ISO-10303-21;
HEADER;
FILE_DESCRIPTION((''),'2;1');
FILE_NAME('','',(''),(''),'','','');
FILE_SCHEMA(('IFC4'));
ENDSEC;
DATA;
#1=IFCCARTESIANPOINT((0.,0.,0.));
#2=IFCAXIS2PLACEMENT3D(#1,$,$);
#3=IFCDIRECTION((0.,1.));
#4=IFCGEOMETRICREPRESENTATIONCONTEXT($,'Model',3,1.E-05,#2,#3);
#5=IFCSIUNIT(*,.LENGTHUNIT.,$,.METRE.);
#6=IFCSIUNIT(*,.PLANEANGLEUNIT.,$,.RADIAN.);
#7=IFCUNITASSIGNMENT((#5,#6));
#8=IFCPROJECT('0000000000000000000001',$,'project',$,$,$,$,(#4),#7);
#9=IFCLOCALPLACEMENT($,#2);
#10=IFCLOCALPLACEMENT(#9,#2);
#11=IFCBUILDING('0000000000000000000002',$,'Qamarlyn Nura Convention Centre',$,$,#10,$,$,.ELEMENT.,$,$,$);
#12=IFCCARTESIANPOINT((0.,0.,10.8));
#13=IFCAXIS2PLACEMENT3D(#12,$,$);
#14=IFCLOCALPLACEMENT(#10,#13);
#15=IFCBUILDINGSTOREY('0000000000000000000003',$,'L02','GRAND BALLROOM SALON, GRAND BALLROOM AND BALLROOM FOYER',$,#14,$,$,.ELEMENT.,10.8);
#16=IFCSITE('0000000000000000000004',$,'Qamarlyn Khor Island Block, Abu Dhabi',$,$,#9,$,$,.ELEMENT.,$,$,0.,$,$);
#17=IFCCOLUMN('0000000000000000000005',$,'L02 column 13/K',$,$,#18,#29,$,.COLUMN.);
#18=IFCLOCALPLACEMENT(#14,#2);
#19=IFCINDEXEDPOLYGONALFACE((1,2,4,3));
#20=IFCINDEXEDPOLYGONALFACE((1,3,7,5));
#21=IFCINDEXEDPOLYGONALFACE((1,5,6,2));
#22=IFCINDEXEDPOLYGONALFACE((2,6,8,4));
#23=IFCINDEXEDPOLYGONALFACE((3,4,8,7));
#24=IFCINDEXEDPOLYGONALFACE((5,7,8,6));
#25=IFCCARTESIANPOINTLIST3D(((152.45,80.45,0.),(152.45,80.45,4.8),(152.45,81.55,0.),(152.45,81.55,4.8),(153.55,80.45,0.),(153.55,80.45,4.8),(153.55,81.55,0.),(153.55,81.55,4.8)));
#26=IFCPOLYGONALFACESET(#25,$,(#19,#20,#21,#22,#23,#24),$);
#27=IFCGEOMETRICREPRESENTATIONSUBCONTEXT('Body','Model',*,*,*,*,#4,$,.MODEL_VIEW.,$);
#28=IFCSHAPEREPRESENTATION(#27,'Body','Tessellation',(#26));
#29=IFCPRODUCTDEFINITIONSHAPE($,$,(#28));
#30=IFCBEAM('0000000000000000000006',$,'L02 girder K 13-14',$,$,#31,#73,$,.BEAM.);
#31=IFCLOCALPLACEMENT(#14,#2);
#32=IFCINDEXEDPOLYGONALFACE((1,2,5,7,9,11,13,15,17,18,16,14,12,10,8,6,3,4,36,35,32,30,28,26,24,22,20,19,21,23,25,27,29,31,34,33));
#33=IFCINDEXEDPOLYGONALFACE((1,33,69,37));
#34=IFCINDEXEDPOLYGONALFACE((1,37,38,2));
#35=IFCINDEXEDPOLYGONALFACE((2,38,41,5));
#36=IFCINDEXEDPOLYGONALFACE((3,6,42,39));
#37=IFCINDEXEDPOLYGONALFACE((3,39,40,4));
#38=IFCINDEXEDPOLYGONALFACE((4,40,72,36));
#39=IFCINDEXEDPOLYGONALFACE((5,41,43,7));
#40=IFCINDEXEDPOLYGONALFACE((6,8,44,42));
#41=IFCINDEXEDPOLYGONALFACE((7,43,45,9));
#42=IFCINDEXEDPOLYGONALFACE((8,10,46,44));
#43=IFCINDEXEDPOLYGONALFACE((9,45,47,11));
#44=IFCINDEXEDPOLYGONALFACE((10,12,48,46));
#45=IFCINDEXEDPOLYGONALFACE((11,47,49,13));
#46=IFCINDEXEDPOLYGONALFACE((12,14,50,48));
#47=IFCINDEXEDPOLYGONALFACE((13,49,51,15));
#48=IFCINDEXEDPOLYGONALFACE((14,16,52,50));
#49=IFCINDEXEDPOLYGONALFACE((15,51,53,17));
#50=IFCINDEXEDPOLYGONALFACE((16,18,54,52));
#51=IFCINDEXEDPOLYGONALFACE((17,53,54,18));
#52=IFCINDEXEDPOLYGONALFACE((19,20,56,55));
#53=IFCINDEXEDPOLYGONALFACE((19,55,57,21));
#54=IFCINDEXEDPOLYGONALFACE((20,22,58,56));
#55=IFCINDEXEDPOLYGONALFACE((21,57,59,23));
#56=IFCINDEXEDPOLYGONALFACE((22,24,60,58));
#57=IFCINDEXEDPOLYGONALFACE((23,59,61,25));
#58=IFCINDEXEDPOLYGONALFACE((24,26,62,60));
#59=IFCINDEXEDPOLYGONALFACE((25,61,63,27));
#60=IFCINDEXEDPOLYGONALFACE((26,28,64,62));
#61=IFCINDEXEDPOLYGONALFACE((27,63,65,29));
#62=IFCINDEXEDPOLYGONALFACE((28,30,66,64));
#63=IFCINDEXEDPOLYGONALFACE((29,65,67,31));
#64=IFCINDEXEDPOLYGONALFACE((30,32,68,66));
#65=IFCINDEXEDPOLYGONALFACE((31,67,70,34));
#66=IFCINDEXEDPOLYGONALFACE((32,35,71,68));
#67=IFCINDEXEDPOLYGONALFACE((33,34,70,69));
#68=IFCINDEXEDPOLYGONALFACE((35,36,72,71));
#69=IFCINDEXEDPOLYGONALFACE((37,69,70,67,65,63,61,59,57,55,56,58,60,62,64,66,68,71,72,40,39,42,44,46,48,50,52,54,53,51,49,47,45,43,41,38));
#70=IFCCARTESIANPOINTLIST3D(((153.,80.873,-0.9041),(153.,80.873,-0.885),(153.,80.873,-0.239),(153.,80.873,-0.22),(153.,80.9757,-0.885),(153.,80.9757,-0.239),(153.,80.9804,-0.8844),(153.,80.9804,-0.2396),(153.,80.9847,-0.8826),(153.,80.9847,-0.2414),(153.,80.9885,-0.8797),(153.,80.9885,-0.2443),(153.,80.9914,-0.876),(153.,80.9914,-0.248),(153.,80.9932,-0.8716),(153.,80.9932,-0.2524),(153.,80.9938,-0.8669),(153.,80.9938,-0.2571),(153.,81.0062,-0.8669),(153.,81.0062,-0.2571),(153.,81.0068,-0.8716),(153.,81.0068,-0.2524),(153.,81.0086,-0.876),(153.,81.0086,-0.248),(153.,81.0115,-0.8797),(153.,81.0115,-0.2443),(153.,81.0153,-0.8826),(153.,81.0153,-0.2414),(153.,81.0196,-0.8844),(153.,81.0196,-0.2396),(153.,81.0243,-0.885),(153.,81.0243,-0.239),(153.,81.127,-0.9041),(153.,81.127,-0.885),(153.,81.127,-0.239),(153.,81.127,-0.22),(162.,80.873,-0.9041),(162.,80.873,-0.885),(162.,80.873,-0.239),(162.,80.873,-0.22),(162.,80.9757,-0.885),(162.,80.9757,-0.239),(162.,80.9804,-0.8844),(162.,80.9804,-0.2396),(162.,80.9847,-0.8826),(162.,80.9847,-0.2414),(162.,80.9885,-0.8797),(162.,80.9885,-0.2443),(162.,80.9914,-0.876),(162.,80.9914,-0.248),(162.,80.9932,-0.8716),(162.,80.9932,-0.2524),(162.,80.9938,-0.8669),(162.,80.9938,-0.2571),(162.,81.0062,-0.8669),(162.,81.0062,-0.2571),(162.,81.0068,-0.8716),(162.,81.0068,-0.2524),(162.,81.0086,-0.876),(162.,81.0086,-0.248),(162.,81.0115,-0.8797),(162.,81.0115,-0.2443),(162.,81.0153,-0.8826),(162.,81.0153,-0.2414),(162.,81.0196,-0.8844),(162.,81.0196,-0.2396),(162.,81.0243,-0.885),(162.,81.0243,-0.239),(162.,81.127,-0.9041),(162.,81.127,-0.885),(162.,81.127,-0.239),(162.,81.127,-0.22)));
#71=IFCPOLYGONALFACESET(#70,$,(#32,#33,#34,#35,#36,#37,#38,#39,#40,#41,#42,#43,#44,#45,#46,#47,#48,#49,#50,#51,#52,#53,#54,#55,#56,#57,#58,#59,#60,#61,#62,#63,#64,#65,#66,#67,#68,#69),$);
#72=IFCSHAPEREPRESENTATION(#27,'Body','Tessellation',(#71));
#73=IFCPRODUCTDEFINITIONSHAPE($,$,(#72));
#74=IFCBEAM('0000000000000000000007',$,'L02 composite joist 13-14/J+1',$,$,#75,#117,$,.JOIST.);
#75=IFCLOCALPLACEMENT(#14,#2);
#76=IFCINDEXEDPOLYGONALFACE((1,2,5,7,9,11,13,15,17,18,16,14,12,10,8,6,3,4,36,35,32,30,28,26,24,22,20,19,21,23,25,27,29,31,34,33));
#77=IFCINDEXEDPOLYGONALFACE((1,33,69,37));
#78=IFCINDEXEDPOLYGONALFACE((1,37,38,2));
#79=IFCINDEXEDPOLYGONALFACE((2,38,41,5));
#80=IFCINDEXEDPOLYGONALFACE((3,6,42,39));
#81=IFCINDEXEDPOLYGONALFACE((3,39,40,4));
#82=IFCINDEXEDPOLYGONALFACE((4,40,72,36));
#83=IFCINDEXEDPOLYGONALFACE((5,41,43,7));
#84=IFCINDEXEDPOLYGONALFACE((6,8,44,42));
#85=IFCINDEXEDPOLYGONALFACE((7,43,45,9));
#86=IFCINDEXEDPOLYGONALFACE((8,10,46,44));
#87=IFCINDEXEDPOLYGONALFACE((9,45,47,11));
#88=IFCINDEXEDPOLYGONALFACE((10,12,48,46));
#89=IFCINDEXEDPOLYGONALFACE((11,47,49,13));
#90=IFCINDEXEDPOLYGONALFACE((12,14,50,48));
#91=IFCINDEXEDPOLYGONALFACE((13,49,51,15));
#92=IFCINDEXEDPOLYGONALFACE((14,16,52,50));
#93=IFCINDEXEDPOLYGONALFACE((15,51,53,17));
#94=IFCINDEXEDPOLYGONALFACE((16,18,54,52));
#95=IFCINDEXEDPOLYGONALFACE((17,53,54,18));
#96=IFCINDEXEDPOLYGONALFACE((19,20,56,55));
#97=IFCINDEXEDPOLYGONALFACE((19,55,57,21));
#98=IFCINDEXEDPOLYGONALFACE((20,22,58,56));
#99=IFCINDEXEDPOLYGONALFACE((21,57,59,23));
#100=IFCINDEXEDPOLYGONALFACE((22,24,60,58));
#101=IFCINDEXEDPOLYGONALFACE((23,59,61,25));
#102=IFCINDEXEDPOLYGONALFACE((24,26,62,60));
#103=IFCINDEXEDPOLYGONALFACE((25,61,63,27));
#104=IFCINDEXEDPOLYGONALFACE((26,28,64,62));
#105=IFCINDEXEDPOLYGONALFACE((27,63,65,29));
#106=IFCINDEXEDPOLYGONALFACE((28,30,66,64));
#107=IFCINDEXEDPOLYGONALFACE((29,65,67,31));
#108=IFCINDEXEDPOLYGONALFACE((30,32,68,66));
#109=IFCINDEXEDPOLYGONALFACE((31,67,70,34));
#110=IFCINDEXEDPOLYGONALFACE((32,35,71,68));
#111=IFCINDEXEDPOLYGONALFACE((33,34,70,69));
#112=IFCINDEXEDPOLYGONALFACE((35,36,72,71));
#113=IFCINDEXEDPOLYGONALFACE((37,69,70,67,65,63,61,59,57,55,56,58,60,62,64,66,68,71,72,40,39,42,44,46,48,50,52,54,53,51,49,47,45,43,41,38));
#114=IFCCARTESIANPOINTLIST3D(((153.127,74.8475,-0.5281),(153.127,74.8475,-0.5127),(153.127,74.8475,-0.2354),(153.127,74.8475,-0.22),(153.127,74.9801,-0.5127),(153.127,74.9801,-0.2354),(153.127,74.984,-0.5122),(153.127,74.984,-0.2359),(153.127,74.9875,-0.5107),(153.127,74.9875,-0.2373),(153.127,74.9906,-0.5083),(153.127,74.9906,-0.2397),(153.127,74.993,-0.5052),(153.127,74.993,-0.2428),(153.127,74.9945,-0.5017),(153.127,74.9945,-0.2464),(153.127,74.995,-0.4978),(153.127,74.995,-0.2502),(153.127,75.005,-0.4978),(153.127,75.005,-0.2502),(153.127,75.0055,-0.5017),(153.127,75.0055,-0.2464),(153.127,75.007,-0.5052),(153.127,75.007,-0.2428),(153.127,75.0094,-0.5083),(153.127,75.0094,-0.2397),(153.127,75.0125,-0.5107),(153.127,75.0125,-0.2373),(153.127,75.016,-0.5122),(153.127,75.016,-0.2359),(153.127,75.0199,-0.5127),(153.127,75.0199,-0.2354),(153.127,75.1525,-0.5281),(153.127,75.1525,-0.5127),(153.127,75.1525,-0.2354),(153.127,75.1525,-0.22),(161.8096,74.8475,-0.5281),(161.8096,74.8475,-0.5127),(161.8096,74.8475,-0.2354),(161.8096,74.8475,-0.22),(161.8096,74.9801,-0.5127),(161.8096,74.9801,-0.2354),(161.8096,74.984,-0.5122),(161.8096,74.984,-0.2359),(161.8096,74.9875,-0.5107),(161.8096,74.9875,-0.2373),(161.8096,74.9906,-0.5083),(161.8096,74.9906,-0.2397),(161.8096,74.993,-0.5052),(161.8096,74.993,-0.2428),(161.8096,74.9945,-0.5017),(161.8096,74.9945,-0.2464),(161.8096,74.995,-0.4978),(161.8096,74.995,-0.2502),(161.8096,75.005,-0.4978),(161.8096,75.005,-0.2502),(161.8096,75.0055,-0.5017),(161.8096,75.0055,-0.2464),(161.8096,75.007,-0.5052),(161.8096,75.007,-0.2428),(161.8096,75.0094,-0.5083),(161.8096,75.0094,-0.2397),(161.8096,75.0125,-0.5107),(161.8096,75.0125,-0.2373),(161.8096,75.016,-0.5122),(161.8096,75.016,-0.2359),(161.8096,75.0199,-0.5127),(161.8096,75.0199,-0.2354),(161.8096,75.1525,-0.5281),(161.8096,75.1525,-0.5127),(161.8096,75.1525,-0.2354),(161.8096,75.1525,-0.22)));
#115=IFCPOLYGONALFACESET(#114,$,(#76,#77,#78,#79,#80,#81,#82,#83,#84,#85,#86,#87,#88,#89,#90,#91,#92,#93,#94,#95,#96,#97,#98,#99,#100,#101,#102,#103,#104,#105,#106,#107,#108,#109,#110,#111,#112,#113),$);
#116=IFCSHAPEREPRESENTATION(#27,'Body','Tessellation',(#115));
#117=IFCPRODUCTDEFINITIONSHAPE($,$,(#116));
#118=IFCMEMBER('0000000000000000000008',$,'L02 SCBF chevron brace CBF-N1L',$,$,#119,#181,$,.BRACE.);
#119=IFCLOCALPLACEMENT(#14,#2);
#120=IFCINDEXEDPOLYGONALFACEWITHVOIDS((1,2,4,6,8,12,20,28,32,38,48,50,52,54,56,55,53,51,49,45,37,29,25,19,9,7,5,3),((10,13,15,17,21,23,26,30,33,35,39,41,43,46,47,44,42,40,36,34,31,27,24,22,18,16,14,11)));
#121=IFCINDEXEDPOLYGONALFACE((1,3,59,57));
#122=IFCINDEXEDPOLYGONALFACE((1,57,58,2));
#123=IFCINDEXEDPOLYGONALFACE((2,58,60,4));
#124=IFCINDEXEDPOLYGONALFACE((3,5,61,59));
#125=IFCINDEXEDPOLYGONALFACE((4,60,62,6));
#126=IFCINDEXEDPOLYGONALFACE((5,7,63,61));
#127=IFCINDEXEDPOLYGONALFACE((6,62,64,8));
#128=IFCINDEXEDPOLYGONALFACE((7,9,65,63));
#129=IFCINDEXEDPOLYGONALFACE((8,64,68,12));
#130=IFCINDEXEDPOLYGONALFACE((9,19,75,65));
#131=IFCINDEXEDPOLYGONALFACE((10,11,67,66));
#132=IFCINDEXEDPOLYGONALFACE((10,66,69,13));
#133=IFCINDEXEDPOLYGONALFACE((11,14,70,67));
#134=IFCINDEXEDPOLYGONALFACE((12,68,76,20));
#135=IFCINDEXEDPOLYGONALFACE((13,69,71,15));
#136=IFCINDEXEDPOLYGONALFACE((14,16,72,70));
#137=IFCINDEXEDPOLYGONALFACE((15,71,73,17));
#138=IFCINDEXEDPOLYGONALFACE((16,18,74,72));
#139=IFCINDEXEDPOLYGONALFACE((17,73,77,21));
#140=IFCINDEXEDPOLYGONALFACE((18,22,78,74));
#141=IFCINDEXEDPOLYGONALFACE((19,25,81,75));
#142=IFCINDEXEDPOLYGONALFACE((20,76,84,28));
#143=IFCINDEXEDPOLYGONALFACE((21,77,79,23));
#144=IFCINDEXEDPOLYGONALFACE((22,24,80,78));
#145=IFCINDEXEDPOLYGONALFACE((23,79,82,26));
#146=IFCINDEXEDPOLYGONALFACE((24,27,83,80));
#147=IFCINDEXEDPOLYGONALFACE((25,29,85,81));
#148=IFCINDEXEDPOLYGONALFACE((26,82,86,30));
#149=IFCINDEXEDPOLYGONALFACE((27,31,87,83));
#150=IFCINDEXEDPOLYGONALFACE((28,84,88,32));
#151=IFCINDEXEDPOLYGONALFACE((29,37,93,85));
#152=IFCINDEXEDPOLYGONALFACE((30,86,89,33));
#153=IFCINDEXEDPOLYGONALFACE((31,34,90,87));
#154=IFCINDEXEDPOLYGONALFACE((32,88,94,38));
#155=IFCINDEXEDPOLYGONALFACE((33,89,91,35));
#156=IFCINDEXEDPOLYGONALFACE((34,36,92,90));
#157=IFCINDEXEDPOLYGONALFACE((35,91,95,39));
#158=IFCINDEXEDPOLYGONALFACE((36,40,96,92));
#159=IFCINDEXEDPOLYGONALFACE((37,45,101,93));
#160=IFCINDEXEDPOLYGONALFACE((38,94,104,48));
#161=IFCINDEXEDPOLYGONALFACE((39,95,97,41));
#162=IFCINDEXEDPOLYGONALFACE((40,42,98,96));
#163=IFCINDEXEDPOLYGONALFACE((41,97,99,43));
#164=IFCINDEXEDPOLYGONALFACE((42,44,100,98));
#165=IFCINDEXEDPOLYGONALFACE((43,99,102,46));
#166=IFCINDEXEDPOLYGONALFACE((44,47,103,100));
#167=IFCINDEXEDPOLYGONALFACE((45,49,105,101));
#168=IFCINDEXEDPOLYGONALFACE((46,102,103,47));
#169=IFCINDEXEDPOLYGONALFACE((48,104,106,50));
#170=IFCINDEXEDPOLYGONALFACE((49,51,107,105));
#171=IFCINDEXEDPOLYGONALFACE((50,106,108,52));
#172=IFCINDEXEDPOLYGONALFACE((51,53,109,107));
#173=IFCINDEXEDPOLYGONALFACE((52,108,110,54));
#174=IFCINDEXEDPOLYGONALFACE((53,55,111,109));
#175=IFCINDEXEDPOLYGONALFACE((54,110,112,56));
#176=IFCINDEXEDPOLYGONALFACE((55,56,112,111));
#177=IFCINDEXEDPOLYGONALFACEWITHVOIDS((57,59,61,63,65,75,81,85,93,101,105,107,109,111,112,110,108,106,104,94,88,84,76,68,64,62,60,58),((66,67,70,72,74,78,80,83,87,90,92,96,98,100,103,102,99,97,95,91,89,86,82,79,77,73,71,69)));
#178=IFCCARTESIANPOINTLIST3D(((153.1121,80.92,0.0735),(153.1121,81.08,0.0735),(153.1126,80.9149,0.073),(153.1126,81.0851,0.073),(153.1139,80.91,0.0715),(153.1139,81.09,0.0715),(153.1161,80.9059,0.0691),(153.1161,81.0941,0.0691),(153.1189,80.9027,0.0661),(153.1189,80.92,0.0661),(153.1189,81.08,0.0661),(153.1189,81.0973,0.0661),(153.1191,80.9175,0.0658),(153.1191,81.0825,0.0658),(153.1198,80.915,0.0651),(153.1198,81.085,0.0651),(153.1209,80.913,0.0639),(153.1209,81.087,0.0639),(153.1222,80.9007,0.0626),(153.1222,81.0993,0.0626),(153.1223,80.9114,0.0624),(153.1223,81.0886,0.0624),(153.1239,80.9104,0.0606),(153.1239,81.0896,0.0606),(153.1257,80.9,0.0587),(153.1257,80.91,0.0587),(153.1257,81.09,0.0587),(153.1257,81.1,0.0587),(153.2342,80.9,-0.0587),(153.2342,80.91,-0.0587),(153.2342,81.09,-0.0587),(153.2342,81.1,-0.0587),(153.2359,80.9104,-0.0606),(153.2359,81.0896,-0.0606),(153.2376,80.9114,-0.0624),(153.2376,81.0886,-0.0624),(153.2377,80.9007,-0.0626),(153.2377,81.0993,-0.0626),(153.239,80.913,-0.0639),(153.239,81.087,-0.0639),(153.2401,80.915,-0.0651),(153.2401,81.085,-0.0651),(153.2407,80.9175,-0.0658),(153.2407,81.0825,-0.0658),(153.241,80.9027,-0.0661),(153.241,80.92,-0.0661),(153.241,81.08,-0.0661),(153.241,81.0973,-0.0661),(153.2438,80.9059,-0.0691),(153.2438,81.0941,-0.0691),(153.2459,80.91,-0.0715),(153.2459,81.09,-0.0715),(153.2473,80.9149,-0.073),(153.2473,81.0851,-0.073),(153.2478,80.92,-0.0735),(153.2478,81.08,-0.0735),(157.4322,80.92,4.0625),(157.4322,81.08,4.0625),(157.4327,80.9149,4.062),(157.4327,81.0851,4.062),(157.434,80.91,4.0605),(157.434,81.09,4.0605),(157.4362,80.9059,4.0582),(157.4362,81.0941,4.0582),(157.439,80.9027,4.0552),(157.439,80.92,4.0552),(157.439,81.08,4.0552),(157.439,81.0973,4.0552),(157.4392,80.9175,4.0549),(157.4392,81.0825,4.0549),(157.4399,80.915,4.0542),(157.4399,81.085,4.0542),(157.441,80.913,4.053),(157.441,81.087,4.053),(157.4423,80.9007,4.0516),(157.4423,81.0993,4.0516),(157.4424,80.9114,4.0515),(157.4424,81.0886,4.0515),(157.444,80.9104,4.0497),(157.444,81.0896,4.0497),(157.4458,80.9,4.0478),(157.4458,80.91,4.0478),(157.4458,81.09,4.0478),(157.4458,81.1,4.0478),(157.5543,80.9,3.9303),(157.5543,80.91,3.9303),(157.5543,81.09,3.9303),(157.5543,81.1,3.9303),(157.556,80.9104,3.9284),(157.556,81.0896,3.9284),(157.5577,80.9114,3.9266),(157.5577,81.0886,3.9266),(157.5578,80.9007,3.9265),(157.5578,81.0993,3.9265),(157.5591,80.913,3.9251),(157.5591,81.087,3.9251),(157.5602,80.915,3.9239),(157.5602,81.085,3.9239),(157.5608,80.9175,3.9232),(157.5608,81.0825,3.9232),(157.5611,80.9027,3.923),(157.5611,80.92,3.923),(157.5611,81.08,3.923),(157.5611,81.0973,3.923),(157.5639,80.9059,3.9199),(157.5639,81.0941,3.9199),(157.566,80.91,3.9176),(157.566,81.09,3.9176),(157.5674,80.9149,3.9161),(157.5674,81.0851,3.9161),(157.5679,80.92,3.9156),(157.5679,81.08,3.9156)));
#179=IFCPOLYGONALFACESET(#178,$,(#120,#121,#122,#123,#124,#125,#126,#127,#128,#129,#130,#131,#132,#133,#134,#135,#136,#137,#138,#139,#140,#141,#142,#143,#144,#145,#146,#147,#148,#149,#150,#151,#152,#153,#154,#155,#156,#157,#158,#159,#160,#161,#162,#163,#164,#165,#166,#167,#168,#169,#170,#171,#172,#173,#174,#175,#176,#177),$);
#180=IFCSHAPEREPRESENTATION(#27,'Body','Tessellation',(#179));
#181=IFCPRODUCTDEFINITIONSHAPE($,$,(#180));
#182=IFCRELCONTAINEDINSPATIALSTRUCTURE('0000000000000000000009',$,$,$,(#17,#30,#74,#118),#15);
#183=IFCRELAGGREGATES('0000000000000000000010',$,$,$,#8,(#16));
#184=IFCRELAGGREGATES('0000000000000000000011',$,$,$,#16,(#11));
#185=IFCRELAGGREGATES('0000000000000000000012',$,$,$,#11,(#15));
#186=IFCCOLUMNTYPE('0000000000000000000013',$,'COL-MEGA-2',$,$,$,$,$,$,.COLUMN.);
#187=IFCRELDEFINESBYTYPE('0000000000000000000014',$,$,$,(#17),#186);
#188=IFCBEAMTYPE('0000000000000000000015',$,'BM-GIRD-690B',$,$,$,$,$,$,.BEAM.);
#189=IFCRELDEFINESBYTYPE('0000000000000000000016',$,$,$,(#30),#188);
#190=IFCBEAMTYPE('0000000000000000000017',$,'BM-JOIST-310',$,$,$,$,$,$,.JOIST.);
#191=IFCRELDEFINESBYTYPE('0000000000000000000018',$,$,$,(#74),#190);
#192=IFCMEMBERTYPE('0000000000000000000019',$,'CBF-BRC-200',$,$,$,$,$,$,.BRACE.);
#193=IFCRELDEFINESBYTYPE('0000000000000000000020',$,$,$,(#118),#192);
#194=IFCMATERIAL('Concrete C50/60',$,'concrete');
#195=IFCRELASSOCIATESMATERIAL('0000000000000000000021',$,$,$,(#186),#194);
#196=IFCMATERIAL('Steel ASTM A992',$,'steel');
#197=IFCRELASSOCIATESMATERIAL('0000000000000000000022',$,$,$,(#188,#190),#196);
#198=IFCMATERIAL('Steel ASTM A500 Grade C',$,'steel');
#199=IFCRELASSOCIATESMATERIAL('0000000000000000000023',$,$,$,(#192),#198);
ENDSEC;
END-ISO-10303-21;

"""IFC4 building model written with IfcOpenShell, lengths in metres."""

from ifc_helpers import new_model, si_unit, direction, frame, origin, origin_2d, place, context, subcontext, project, spatial, rectangle, hollow_rectangle, i_section, extrude, material, material_profile, profile_set, type_object, element, save


model = new_model("IFC4")

# Units and contexts
model_context = context("Model", 3, precision=1e-05, world=origin(), true_north=direction((0.0, 1.0)))
body_context = subcontext(model_context, "Body", "Model", "MODEL_VIEW")
ifc_project = project(units=[si_unit("LENGTHUNIT", "METRE"), si_unit("PLANEANGLEUNIT", "RADIAN")], contexts=[model_context])

# Site, building, storey
site_placement = place(None, origin())
site = spatial("IfcSite", under=ifc_project, at=site_placement, Name="Qamarlyn Khor Island Block, Abu Dhabi", CompositionType="ELEMENT", RefElevation=0.0)
building_placement = place(site_placement, origin())
building = spatial("IfcBuilding", under=site, at=building_placement, Name="Qamarlyn Nura Convention Centre", CompositionType="ELEMENT")
storey_placement = place(building_placement, frame((0.0, 0.0, 10.8)))
storey = spatial("IfcBuildingStorey", under=building, at=storey_placement, Name="L02", Description="GRAND BALLROOM SALON, GRAND BALLROOM AND BALLROOM FOYER", CompositionType="ELEMENT", Elevation=10.8)

# Column
ifc_material_1 = material(Name="Concrete C50/60", Category="concrete")
ifc_material_profile_1 = material_profile(ifc_material_1, rectangle(XDim=1.1001, YDim=1.1001, at=origin_2d()), Name="RC 1100x1100")
ifc_profile_set_1 = profile_set([ifc_material_profile_1], Name="Concrete C50/60")
column_type = type_object("IfcColumnType", Name="COL-MEGA-2", PredefinedType="COLUMN", material=ifc_profile_set_1)
column_placement = place(storey_placement, frame((153.0, 81.0, 0.0), z_axis=(0.0, 0.0, 1.0), x_axis=(1.0, 0.0, 0.0)))
element("IfcColumn", 1, at=column_placement, inside=storey, type_object=column_type, Name="L02 column 13/K", PredefinedType="COLUMN", context=body_context, shape_type="SweptSolid", body=[
    extrude(rectangle(XDim=1.1001, YDim=1.1001, at=origin_2d()), origin(), (0.0, 0.0, 1.0), 4.8),
])

# Beams
ifc_material_2 = material(Name="Steel ASTM A992", Category="steel")
ifc_material_profile_2 = material_profile(ifc_material_2, i_section(OverallWidth=0.2539, OverallDepth=0.6841, WebThickness=0.0125, FlangeThickness=0.019, FilletRadius=0.0181, at=origin_2d()), Name="W690X140")
ifc_profile_set_2 = profile_set([ifc_material_profile_2], Name="Steel ASTM A992")
beam_type_1 = type_object("IfcBeamType", Name="BM-GIRD-690B", PredefinedType="BEAM", material=ifc_profile_set_2)
beam_1_placement = place(storey_placement, frame((153.0, 81.0, -0.562), z_axis=(1.0, 0.0, 0.0), x_axis=(0.0, 1.0, 0.0)))
element("IfcBeam", 2, at=beam_1_placement, inside=storey, type_object=beam_type_1, Name="L02 girder K 13-14", PredefinedType="BEAM", context=body_context, shape_type="SweptSolid", body=[
    extrude(i_section(OverallWidth=0.2539, OverallDepth=0.6841, WebThickness=0.0125, FlangeThickness=0.019, FilletRadius=0.0181, at=origin_2d()), origin(), (0.0, 0.0, 1.0), 9.0),
])
ifc_material_profile_3 = material_profile(ifc_material_2, i_section(OverallWidth=0.3049, OverallDepth=0.3081, WebThickness=0.01, FlangeThickness=0.0154, FilletRadius=0.0149, at=origin_2d()), Name="W310X97")
ifc_profile_set_3 = profile_set([ifc_material_profile_3], Name="Steel ASTM A992")
beam_type_2 = type_object("IfcBeamType", Name="BM-JOIST-310", PredefinedType="JOIST", material=ifc_profile_set_3)
beam_2_placement = place(storey_placement, frame((153.127, 75.0, -0.374), z_axis=(1.0, 0.0, 0.0), x_axis=(0.0, 1.0, 0.0)))
element("IfcBeam", 3, at=beam_2_placement, inside=storey, type_object=beam_type_2, Name="L02 composite joist 13-14/J+1", PredefinedType="JOIST", context=body_context, shape_type="SweptSolid", body=[
    extrude(i_section(OverallWidth=0.3049, OverallDepth=0.3081, WebThickness=0.01, FlangeThickness=0.0154, FilletRadius=0.0149, at=origin_2d()), origin(), (0.0, 0.0, 1.0), 8.6826),
])

# Member
ifc_material_3 = material(Name="Steel ASTM A500 Grade C", Category="steel")
ifc_material_profile_4 = material_profile(ifc_material_3, hollow_rectangle(XDim=0.2, YDim=0.2, WallThickness=0.01, InnerFilletRadius=0.01, OuterFilletRadius=0.02, at=origin_2d()), Name="HSS200X200X10")
ifc_profile_set_4 = profile_set([ifc_material_profile_4], Name="Steel ASTM A500 Grade C")
member_type_1 = type_object("IfcMemberType", Name="CBF-BRC-200", PredefinedType="BRACE", material=ifc_profile_set_4)
member_1_placement = place(storey_placement, frame((153.1799, 81.0, 0.0), z_axis=(0.734697, 0.0, 0.678396), x_axis=(0.0, 1.0, 0.0)))
element("IfcMember", 4, at=member_1_placement, inside=storey, type_object=member_type_1, Name="L02 SCBF chevron brace CBF-N1L", PredefinedType="BRACE", context=body_context, shape_type="SweptSolid", body=[
    extrude(hollow_rectangle(XDim=0.2, YDim=0.2, WallThickness=0.01, InnerFilletRadius=0.01, OuterFilletRadius=0.02, at=origin_2d()), origin(), (0.0, 0.0, 1.0), 5.8801),
])

save(model, "model.ifc")
